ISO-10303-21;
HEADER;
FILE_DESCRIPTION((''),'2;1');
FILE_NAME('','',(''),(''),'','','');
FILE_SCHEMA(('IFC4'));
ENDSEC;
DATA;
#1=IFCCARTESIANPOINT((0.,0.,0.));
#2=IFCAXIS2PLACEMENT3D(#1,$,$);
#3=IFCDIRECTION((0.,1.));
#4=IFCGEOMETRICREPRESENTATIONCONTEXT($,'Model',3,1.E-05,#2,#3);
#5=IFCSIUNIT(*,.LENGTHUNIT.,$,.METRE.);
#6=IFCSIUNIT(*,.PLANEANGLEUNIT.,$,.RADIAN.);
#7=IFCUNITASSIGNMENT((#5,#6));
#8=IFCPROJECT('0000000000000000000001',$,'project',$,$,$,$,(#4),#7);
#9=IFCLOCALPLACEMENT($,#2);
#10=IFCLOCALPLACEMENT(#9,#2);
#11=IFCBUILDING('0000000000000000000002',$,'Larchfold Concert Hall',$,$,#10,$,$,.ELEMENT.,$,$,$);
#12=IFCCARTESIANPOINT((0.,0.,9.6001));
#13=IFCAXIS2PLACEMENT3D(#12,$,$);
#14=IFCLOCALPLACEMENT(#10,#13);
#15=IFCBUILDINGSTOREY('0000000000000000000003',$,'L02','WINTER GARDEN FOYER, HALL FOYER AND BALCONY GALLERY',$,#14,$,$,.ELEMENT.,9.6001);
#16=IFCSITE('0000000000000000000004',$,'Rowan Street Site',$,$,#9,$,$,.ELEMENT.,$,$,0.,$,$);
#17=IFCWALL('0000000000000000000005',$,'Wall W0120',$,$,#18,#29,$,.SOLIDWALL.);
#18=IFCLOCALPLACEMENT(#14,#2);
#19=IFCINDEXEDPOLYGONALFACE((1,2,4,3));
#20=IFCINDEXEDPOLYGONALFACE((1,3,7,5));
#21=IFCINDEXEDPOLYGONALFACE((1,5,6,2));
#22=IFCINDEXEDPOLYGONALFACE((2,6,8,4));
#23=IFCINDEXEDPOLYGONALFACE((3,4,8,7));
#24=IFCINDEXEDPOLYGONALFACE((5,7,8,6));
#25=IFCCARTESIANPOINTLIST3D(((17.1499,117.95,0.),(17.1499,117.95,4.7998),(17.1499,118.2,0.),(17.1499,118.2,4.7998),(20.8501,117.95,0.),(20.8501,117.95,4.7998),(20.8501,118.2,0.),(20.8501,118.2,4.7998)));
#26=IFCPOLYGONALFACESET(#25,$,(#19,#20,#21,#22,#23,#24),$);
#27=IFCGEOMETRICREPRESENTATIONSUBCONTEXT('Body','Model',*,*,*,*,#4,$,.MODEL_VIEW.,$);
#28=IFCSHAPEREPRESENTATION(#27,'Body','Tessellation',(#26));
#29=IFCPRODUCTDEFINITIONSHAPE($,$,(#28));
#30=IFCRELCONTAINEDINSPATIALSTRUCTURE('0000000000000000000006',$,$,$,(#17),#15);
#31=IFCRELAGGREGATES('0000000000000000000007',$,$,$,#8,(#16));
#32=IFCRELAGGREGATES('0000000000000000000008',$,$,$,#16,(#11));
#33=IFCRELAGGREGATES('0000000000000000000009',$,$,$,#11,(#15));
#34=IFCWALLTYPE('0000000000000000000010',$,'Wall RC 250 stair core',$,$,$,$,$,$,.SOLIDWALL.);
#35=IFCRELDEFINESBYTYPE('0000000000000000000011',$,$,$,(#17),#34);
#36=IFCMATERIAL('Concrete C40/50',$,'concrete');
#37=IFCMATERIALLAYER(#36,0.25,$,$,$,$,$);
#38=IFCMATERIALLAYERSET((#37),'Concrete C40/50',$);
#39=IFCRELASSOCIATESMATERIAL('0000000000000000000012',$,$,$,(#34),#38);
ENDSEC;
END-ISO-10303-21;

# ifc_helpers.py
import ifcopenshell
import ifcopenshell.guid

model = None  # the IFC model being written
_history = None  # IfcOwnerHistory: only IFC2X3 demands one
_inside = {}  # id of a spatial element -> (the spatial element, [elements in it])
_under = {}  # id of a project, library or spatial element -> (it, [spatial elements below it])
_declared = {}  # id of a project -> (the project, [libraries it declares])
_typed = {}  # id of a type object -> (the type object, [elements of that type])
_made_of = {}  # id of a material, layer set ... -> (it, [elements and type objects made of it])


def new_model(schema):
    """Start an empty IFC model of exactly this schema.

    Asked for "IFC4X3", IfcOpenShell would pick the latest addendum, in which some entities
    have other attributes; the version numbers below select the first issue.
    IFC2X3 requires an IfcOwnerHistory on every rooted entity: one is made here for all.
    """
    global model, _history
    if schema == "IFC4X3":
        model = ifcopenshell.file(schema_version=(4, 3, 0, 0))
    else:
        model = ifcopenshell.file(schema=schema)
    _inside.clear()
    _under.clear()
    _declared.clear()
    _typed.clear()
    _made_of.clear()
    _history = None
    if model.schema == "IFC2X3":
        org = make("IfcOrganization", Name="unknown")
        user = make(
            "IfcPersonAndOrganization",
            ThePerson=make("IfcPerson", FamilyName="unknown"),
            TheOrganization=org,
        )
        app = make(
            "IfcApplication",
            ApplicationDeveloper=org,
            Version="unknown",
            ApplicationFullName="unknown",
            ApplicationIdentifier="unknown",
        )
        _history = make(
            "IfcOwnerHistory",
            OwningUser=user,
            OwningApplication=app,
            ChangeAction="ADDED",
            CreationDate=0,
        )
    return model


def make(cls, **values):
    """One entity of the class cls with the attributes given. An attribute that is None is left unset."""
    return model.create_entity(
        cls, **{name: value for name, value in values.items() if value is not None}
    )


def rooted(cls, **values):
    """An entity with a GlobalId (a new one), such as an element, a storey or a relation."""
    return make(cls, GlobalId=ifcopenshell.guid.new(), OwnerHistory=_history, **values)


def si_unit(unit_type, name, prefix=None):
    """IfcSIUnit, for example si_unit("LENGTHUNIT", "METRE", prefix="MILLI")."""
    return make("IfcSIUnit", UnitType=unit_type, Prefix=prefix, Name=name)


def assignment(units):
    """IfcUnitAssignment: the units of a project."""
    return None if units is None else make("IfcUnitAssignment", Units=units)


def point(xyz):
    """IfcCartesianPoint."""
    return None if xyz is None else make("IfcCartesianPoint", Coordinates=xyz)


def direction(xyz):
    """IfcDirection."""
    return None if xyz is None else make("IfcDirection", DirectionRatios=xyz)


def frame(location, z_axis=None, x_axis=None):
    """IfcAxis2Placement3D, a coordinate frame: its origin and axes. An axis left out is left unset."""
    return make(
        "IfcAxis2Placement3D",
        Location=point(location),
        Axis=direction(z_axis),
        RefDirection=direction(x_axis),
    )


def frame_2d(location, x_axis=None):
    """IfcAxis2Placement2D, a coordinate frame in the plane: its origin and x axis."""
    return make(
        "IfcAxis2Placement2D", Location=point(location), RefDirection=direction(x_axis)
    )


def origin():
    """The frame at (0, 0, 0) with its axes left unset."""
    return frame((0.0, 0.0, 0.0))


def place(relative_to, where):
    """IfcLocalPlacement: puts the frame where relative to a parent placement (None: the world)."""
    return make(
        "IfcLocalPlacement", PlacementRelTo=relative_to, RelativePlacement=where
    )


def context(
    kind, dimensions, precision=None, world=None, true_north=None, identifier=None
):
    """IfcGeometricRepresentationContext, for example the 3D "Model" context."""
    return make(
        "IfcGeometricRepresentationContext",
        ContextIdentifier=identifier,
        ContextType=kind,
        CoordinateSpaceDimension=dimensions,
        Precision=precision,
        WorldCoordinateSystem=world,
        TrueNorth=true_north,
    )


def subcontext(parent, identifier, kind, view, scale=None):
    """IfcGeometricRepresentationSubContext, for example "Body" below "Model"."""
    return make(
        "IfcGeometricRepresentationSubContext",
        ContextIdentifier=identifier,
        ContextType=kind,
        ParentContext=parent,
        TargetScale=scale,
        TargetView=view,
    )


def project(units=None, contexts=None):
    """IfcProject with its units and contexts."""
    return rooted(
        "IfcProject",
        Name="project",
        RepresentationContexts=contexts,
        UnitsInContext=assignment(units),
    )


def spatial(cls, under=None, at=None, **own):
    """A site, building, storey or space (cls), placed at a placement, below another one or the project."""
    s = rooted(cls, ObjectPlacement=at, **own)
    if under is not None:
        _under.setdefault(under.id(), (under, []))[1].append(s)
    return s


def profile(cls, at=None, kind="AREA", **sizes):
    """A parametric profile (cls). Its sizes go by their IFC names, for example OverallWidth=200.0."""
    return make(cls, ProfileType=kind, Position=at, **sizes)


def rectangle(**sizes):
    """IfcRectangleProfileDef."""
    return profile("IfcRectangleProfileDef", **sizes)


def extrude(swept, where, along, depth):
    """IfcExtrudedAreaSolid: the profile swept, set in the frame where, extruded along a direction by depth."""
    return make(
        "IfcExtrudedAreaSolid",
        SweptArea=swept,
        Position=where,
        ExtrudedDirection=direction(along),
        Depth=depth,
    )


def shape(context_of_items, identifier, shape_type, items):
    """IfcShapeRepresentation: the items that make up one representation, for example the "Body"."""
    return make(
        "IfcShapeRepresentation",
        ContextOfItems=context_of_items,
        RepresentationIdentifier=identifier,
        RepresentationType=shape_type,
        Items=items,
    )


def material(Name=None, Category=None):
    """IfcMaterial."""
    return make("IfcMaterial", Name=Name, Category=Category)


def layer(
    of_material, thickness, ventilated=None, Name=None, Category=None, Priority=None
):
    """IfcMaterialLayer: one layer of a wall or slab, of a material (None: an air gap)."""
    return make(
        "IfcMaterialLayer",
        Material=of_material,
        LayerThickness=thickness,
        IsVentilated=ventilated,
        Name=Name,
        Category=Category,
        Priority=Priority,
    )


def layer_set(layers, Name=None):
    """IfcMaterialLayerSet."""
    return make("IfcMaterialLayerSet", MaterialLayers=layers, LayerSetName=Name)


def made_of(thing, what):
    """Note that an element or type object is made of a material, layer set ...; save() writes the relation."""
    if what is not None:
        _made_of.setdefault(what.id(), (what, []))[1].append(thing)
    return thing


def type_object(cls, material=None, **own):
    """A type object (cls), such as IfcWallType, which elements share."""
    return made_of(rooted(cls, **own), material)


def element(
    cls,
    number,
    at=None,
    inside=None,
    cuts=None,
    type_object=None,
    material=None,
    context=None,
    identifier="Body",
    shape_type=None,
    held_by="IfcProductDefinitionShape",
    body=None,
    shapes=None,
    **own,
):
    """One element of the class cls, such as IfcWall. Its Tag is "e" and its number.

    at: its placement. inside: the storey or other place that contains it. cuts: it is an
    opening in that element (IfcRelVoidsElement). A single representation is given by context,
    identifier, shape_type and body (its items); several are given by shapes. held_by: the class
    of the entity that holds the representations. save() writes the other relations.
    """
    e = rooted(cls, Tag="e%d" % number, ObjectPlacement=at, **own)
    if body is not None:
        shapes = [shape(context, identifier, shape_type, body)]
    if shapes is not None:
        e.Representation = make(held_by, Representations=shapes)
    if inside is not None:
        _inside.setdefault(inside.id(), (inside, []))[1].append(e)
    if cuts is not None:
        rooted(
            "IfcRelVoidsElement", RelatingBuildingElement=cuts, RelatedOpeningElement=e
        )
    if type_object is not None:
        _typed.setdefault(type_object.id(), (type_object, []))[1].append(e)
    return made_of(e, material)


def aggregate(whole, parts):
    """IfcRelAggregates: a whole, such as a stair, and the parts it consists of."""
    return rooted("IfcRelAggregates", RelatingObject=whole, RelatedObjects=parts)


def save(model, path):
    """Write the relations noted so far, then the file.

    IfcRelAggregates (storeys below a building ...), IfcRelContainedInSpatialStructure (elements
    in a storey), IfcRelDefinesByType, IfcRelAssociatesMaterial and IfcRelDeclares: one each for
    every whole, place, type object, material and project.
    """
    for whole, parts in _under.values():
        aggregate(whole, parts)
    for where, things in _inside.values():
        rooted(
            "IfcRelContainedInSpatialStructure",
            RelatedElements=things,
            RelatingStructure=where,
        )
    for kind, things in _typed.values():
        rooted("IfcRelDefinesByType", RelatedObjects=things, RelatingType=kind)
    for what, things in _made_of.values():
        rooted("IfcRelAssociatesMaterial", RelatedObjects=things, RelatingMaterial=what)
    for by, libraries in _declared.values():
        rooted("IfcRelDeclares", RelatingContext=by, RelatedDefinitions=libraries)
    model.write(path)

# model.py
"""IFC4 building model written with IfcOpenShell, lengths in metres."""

from ifc_helpers import new_model, si_unit, direction, frame, frame_2d, origin, place, context, subcontext, project, spatial, rectangle, extrude, material, layer, layer_set, type_object, element, save


model = new_model("IFC4")

# Units and contexts
model_context = context("Model", 3, precision=1e-05, world=origin(), true_north=direction((0.0, 1.0)))
body_context = subcontext(model_context, "Body", "Model", "MODEL_VIEW")
ifc_project = project(units=[si_unit("LENGTHUNIT", "METRE"), si_unit("PLANEANGLEUNIT", "RADIAN")], contexts=[model_context])

# Site, building, storey
site_placement = place(None, origin())
site = spatial("IfcSite", under=ifc_project, at=site_placement, Name="Rowan Street Site", CompositionType="ELEMENT", RefElevation=0.0)
building_placement = place(site_placement, origin())
building = spatial("IfcBuilding", under=site, at=building_placement, Name="Larchfold Concert Hall", CompositionType="ELEMENT")
storey_placement = place(building_placement, frame((0.0, 0.0, 9.6001)))
storey = spatial("IfcBuildingStorey", under=building, at=storey_placement, Name="L02", Description="WINTER GARDEN FOYER, HALL FOYER AND BALCONY GALLERY", CompositionType="ELEMENT", Elevation=9.6001)

# Wall
ifc_material_1 = material(Name="Concrete C40/50", Category="concrete")
ifc_layer_1 = layer(ifc_material_1, 0.25)
ifc_layer_set_1 = layer_set([ifc_layer_1], Name="Concrete C40/50")
wall_type = type_object("IfcWallType", Name="Wall RC 250 stair core", PredefinedType="SOLIDWALL", material=ifc_layer_set_1)
wall_placement = place(storey_placement, frame((17.1499, 118.075, 0.0), z_axis=(0.0, 0.0, 1.0), x_axis=(1.0, 0.0, 0.0)))
element("IfcWall", 1, at=wall_placement, inside=storey, type_object=wall_type, Name="Wall W0120", PredefinedType="SOLIDWALL", context=body_context, shape_type="SweptSolid", body=[
    extrude(rectangle(XDim=3.7002, YDim=0.25, at=frame_2d((1.8501, 0.0))), origin(), (0.0, 0.0, 1.0), 4.7998),
])

save(model, "model.ifc")
